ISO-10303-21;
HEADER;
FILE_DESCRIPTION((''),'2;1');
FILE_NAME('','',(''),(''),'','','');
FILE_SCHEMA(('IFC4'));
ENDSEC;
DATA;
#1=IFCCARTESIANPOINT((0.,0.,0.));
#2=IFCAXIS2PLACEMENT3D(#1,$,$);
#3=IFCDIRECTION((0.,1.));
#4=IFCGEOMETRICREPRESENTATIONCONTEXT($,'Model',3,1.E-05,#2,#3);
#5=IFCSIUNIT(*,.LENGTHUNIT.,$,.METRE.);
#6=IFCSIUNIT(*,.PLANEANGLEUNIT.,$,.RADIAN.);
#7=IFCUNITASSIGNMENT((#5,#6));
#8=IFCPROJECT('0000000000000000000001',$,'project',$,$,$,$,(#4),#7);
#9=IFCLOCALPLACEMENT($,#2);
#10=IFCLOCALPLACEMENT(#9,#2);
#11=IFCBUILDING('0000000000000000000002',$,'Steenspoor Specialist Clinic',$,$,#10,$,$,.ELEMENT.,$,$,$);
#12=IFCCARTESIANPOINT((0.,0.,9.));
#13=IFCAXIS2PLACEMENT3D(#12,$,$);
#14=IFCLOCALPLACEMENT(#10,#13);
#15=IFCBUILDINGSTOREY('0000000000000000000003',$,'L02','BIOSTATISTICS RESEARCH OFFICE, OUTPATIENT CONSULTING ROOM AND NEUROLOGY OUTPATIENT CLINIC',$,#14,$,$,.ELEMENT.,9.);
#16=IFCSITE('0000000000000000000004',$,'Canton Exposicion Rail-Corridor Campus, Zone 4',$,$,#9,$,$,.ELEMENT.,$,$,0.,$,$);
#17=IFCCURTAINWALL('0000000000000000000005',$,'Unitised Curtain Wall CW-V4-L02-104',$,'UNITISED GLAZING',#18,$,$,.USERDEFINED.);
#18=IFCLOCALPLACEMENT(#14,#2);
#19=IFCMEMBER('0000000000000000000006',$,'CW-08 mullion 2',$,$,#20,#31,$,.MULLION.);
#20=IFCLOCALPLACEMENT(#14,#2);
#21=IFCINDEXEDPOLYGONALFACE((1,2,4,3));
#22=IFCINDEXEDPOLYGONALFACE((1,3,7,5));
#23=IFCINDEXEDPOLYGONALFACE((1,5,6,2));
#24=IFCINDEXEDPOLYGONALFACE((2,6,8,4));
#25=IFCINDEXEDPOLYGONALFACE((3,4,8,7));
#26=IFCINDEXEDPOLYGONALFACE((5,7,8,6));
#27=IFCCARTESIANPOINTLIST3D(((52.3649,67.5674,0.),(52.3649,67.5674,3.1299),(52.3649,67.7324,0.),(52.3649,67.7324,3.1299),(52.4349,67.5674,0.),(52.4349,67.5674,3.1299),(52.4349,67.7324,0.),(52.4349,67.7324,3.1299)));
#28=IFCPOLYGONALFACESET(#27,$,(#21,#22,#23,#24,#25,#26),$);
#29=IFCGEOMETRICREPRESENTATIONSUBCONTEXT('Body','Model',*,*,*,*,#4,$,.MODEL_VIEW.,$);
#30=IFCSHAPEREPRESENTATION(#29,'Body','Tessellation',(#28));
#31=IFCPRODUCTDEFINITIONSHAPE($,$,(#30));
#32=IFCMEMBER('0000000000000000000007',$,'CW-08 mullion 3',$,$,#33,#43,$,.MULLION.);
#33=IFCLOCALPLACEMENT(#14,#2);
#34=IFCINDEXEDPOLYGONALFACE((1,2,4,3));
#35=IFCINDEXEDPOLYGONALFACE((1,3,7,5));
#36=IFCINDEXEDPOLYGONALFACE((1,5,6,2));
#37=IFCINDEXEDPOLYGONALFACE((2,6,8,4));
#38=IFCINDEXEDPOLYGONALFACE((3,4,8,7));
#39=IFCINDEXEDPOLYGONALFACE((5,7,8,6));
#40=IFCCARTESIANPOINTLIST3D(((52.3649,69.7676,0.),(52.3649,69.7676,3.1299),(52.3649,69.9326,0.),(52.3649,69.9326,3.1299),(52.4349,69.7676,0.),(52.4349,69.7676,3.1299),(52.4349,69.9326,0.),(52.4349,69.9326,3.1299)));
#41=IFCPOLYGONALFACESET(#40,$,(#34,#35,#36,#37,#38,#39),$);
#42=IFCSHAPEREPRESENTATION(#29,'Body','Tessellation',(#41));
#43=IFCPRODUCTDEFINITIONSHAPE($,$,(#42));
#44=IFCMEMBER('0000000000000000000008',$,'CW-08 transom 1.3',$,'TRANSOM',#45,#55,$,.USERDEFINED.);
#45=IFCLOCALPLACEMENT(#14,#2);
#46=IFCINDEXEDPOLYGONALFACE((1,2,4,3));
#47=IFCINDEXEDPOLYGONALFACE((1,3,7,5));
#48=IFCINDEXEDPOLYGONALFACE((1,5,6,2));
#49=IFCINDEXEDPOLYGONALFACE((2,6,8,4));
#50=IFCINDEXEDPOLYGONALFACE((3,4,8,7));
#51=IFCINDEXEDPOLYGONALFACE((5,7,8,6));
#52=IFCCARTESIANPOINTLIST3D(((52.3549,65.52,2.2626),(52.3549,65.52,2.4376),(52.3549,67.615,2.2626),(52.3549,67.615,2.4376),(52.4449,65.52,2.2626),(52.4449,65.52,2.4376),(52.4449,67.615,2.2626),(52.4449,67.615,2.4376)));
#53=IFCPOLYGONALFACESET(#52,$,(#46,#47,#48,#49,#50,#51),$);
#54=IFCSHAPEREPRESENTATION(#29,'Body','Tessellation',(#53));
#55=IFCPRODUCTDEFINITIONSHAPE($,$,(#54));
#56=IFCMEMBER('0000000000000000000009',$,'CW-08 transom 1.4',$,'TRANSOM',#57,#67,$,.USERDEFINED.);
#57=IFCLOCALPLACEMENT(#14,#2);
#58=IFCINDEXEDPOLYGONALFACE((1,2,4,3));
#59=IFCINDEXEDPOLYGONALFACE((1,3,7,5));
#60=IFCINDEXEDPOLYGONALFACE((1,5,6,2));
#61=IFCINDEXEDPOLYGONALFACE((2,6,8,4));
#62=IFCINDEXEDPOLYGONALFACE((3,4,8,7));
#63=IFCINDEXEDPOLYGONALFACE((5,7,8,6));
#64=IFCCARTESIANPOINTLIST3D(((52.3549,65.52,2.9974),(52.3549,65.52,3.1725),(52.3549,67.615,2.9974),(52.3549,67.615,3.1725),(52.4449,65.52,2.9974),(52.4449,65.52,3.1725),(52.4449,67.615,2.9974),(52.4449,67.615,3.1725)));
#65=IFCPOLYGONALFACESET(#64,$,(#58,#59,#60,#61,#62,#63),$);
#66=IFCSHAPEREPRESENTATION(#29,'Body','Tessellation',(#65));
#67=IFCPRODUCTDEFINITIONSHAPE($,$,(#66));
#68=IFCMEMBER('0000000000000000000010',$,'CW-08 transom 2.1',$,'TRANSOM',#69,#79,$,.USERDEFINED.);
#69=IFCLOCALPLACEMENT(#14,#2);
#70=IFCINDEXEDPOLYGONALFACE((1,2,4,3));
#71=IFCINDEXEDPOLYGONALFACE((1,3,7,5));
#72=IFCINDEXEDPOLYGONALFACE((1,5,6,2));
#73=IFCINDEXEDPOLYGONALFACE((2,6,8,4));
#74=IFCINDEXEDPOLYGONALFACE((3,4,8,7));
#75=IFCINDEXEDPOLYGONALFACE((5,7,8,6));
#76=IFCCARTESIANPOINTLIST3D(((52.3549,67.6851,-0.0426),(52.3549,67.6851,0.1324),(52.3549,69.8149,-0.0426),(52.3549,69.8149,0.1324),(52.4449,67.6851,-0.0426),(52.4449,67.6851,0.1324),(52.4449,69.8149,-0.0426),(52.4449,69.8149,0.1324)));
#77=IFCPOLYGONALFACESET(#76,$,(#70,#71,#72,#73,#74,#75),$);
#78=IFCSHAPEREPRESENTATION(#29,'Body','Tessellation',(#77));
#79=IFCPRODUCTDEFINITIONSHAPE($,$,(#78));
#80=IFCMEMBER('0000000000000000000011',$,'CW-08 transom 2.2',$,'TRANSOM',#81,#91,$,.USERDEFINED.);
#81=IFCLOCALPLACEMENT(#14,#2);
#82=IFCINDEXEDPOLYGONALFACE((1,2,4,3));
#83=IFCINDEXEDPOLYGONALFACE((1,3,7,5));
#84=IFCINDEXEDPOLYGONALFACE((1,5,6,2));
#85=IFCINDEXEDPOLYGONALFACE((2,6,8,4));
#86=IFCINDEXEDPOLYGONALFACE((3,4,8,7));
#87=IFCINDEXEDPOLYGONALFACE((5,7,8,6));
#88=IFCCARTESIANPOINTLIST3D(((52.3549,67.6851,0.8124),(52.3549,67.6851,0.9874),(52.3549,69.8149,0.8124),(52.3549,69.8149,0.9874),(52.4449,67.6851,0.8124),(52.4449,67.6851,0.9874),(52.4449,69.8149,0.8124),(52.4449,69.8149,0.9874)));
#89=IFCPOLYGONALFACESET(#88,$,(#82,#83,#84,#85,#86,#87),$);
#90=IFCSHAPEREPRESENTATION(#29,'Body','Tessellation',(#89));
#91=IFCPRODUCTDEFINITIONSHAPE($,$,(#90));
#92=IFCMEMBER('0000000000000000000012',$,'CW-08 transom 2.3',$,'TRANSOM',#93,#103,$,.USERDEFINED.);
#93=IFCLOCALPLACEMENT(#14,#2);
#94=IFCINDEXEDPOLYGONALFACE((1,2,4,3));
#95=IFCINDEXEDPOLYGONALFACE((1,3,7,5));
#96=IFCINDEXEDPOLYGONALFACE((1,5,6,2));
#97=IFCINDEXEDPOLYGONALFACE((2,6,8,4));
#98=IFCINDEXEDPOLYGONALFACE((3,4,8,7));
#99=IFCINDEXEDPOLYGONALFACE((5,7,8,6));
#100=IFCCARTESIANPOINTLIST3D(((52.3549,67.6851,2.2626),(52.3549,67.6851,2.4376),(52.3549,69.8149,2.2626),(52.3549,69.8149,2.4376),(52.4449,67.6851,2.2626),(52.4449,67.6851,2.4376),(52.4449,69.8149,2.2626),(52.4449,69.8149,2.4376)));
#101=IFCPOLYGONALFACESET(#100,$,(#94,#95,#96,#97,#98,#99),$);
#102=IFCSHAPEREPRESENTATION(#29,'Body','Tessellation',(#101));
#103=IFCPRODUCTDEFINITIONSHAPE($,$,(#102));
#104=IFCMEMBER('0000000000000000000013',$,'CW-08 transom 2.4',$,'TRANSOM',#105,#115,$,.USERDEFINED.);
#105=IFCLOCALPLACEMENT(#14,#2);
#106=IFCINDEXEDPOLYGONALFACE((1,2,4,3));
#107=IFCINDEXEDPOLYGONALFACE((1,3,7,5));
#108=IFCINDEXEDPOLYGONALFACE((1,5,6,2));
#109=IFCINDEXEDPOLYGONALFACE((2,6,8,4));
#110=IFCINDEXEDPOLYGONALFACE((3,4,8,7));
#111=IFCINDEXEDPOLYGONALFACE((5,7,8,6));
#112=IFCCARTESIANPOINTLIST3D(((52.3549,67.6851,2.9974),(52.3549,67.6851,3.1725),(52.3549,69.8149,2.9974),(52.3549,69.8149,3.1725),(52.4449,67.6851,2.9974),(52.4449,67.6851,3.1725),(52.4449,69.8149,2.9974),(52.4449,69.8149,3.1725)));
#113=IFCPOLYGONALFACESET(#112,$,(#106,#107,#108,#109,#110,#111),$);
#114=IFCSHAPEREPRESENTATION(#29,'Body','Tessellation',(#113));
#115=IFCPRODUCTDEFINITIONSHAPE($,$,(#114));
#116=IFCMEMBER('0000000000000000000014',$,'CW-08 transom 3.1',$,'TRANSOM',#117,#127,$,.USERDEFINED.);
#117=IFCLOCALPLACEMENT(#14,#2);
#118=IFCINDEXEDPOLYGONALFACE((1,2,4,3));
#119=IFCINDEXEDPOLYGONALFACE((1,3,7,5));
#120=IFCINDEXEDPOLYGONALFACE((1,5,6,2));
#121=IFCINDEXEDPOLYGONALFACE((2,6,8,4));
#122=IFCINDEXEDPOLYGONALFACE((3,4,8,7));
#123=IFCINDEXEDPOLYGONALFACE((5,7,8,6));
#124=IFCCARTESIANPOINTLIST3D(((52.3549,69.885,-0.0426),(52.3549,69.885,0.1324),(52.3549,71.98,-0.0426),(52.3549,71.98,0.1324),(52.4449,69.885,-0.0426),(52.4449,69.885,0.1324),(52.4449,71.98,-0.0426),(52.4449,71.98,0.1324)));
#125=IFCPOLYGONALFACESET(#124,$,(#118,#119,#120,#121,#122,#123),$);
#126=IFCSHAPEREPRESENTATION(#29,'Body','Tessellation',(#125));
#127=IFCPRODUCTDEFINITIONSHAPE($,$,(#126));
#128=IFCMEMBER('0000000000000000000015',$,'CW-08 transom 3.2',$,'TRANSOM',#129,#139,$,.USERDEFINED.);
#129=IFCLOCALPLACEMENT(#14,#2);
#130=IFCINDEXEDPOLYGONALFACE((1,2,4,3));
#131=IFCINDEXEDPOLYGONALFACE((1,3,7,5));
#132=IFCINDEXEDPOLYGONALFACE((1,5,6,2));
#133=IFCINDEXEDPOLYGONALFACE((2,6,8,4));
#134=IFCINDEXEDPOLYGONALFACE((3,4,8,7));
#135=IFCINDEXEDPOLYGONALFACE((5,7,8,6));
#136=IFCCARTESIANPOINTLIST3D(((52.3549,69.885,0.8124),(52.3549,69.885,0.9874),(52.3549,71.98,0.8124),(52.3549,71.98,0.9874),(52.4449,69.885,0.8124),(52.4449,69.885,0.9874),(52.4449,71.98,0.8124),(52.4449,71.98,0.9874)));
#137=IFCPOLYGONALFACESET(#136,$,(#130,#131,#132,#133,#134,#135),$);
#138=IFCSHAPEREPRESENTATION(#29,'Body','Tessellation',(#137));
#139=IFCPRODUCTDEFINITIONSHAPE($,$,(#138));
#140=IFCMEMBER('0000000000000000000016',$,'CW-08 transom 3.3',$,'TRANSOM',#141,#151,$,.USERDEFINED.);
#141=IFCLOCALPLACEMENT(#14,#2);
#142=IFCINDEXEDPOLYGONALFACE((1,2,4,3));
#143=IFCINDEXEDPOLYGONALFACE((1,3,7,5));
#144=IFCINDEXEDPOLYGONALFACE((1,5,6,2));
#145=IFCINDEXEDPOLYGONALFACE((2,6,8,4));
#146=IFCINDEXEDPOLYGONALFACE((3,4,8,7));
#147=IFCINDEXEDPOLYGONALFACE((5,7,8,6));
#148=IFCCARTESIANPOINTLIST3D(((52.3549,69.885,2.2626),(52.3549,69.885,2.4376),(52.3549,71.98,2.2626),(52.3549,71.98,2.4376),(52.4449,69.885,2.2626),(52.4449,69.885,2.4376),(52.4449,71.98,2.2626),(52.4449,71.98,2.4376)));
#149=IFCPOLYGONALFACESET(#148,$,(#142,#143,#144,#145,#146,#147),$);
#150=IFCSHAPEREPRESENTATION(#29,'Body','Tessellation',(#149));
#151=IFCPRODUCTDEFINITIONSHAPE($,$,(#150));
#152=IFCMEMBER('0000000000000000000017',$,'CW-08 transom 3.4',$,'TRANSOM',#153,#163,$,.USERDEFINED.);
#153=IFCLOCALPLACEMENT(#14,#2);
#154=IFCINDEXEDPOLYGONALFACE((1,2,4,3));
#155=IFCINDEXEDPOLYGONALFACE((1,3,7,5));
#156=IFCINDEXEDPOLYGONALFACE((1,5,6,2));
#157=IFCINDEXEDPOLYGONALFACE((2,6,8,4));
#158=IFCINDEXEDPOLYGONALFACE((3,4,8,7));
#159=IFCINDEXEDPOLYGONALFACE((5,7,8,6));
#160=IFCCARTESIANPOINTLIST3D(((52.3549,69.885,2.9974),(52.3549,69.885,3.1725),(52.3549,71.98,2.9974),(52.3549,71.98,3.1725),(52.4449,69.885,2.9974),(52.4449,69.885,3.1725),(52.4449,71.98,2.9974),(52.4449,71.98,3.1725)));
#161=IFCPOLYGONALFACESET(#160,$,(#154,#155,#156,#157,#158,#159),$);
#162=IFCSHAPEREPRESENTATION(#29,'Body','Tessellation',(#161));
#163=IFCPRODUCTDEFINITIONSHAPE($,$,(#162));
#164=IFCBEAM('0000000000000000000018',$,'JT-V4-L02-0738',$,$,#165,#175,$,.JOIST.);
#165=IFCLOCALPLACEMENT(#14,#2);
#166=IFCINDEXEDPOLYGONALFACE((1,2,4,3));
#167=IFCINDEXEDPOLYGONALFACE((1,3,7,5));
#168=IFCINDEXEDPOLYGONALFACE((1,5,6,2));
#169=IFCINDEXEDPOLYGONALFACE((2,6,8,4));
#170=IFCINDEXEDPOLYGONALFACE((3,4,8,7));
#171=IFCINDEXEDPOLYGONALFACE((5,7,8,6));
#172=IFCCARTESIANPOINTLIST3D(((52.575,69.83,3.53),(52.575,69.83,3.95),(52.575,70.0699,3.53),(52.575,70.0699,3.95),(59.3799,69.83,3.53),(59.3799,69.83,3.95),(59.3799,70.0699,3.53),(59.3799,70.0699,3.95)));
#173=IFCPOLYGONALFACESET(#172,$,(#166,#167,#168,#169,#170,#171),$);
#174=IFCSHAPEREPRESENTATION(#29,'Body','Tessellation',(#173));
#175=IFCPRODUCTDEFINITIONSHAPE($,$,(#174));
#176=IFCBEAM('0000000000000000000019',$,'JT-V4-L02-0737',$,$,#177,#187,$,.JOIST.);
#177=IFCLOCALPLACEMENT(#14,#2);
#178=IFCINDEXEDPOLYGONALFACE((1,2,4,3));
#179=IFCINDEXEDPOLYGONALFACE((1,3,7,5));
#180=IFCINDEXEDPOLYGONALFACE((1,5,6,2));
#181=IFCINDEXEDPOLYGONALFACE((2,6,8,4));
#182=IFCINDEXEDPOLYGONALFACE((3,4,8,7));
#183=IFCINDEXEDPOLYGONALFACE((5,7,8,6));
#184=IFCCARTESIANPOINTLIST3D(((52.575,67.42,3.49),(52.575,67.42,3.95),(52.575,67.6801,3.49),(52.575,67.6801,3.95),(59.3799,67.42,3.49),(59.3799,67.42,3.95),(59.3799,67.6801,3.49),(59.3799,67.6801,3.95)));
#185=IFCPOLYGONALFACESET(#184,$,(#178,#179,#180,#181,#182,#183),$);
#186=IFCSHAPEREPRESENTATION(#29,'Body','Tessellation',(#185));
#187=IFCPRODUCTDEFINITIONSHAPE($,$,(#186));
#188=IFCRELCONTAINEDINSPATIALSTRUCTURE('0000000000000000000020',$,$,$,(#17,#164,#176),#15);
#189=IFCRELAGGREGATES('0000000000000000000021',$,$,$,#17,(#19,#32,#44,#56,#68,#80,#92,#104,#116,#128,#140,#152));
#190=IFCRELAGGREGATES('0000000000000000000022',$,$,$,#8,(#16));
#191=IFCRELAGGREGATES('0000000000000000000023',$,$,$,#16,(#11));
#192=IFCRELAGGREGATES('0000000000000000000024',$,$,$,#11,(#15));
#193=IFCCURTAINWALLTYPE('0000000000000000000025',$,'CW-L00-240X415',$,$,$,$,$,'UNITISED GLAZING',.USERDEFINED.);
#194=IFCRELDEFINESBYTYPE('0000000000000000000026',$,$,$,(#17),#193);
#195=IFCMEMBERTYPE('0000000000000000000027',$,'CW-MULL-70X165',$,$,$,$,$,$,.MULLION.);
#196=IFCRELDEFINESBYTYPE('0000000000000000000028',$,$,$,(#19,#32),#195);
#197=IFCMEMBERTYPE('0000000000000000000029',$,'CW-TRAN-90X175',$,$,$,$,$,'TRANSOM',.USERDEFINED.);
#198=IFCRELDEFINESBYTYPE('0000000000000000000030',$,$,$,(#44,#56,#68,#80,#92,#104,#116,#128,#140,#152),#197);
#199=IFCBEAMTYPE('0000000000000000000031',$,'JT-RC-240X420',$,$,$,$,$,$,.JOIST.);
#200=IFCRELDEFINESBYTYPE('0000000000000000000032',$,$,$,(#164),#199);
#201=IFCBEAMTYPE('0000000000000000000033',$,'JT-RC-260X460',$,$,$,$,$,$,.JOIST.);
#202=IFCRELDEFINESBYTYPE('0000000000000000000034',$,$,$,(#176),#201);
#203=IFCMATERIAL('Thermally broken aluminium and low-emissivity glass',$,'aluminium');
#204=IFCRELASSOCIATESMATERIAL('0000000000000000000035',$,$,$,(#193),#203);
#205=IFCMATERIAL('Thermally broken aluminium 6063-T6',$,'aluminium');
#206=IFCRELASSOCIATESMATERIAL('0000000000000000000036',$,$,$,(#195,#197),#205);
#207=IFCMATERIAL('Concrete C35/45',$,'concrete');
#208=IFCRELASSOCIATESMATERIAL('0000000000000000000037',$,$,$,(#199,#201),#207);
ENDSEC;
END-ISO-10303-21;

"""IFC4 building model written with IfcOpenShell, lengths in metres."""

from ifc_helpers import new_model, si_unit, direction, frame, origin, origin_2d, place, context, subcontext, project, spatial, rectangle, extrude, material, material_profile, profile_set, type_object, element, aggregate, save


model = new_model("IFC4")

# Units and contexts
model_context = context("Model", 3, precision=1e-05, world=origin(), true_north=direction((0.0, 1.0)))
body_context = subcontext(model_context, "Body", "Model", "MODEL_VIEW")
ifc_project = project(units=[si_unit("LENGTHUNIT", "METRE"), si_unit("PLANEANGLEUNIT", "RADIAN")], contexts=[model_context])

# Site, building, storey
site_placement = place(None, origin())
site = spatial("IfcSite", under=ifc_project, at=site_placement, Name="Canton Exposicion Rail-Corridor Campus, Zone 4", CompositionType="ELEMENT", RefElevation=0.0)
building_placement = place(site_placement, origin())
building = spatial("IfcBuilding", under=site, at=building_placement, Name="Steenspoor Specialist Clinic", CompositionType="ELEMENT")
storey_placement = place(building_placement, frame((0.0, 0.0, 9.0)))
storey = spatial("IfcBuildingStorey", under=building, at=storey_placement, Name="L02", Description="BIOSTATISTICS RESEARCH OFFICE, OUTPATIENT CONSULTING ROOM AND NEUROLOGY OUTPATIENT CLINIC", CompositionType="ELEMENT", Elevation=9.0)

# Curtain wall, members
ifc_material_1 = material(Name="Thermally broken aluminium and low-emissivity glass", Category="aluminium")
curtain_wall_type = type_object("IfcCurtainWallType", Name="CW-L00-240X415", ElementType="UNITISED GLAZING", PredefinedType="USERDEFINED", material=ifc_material_1)
curtain_wall_placement = place(storey_placement, origin())
curtain_wall = element("IfcCurtainWall", 1, at=curtain_wall_placement, inside=storey, type_object=curtain_wall_type, Name="Unitised Curtain Wall CW-V4-L02-104", ObjectType="UNITISED GLAZING", PredefinedType="USERDEFINED")
ifc_material_2 = material(Name="Thermally broken aluminium 6063-T6", Category="aluminium")
ifc_material_profile_1 = material_profile(ifc_material_2, rectangle(XDim=0.0701, YDim=0.165, at=origin_2d()), Name="CWM-70X165")
ifc_profile_set_1 = profile_set([ifc_material_profile_1], Name="Thermally broken aluminium 6063-T6")
member_type_1 = type_object("IfcMemberType", Name="CW-MULL-70X165", PredefinedType="MULLION", material=ifc_profile_set_1)
member_1_placement = place(storey_placement, frame((52.3999, 67.6499, 0.0), z_axis=(0.0, 0.0, 1.0), x_axis=(-1.0, 0.0, 0.0)))
member_1 = element("IfcMember", 2, at=member_1_placement, type_object=member_type_1, Name="CW-08 mullion 2", PredefinedType="MULLION", context=body_context, shape_type="SweptSolid", body=[
    extrude(rectangle(XDim=0.0701, YDim=0.165, at=origin_2d()), origin(), (0.0, 0.0, 1.0), 3.1299),
])
member_2_placement = place(storey_placement, frame((52.3999, 69.8501, 0.0), z_axis=(0.0, 0.0, 1.0), x_axis=(-1.0, 0.0, 0.0)))
member_2 = element("IfcMember", 3, at=member_2_placement, type_object=member_type_1, Name="CW-08 mullion 3", PredefinedType="MULLION", context=body_context, shape_type="SweptSolid", body=[
    extrude(rectangle(XDim=0.0701, YDim=0.165, at=origin_2d()), origin(), (0.0, 0.0, 1.0), 3.1299),
])
ifc_material_profile_2 = material_profile(ifc_material_2, rectangle(XDim=0.0901, YDim=0.175, at=origin_2d()), Name="CWT-90X175")
ifc_profile_set_2 = profile_set([ifc_material_profile_2], Name="Thermally broken aluminium 6063-T6")
member_type_2 = type_object("IfcMemberType", Name="CW-TRAN-90X175", ElementType="TRANSOM", PredefinedType="USERDEFINED", material=ifc_profile_set_2)
member_3_placement = place(storey_placement, frame((52.3999, 65.52, 2.3501), z_axis=(0.0, 1.0, 0.0), x_axis=(-1.0, 0.0, 0.0)))
member_3 = element("IfcMember", 4, at=member_3_placement, type_object=member_type_2, Name="CW-08 transom 1.3", ObjectType="TRANSOM", PredefinedType="USERDEFINED", context=body_context, shape_type="SweptSolid", body=[
    extrude(rectangle(XDim=0.0901, YDim=0.175, at=origin_2d()), origin(), (0.0, 0.0, 1.0), 2.095),
])
member_4_placement = place(storey_placement, frame((52.3999, 65.52, 3.085), z_axis=(0.0, 1.0, 0.0), x_axis=(-1.0, 0.0, 0.0)))
member_4 = element("IfcMember", 5, at=member_4_placement, type_object=member_type_2, Name="CW-08 transom 1.4", ObjectType="TRANSOM", PredefinedType="USERDEFINED", context=body_context, shape_type="SweptSolid", body=[
    extrude(rectangle(XDim=0.0901, YDim=0.175, at=origin_2d()), origin(), (0.0, 0.0, 1.0), 2.095),
])
member_5_placement = place(storey_placement, frame((52.3999, 67.6851, 0.0449), z_axis=(0.0, 1.0, 0.0), x_axis=(-1.0, 0.0, 0.0)))
member_5 = element("IfcMember", 6, at=member_5_placement, type_object=member_type_2, Name="CW-08 transom 2.1", ObjectType="TRANSOM", PredefinedType="USERDEFINED", context=body_context, shape_type="SweptSolid", body=[
    extrude(rectangle(XDim=0.0901, YDim=0.175, at=origin_2d()), origin(), (0.0, 0.0, 1.0), 2.1299),
])
member_6_placement = place(storey_placement, frame((52.3999, 67.6851, 0.8999), z_axis=(0.0, 1.0, 0.0), x_axis=(-1.0, 0.0, 0.0)))
member_6 = element("IfcMember", 7, at=member_6_placement, type_object=member_type_2, Name="CW-08 transom 2.2", ObjectType="TRANSOM", PredefinedType="USERDEFINED", context=body_context, shape_type="SweptSolid", body=[
    extrude(rectangle(XDim=0.0901, YDim=0.175, at=origin_2d()), origin(), (0.0, 0.0, 1.0), 2.1299),
])
member_7_placement = place(storey_placement, frame((52.3999, 67.6851, 2.3501), z_axis=(0.0, 1.0, 0.0), x_axis=(-1.0, 0.0, 0.0)))
member_7 = element("IfcMember", 8, at=member_7_placement, type_object=member_type_2, Name="CW-08 transom 2.3", ObjectType="TRANSOM", PredefinedType="USERDEFINED", context=body_context, shape_type="SweptSolid", body=[
    extrude(rectangle(XDim=0.0901, YDim=0.175, at=origin_2d()), origin(), (0.0, 0.0, 1.0), 2.1299),
])
member_8_placement = place(storey_placement, frame((52.3999, 67.6851, 3.085), z_axis=(0.0, 1.0, 0.0), x_axis=(-1.0, 0.0, 0.0)))
member_8 = element("IfcMember", 9, at=member_8_placement, type_object=member_type_2, Name="CW-08 transom 2.4", ObjectType="TRANSOM", PredefinedType="USERDEFINED", context=body_context, shape_type="SweptSolid", body=[
    extrude(rectangle(XDim=0.0901, YDim=0.175, at=origin_2d()), origin(), (0.0, 0.0, 1.0), 2.1299),
])
member_9_placement = place(storey_placement, frame((52.3999, 69.885, 0.0449), z_axis=(0.0, 1.0, 0.0), x_axis=(-1.0, 0.0, 0.0)))
member_9 = element("IfcMember", 10, at=member_9_placement, type_object=member_type_2, Name="CW-08 transom 3.1", ObjectType="TRANSOM", PredefinedType="USERDEFINED", context=body_context, shape_type="SweptSolid", body=[
    extrude(rectangle(XDim=0.0901, YDim=0.175, at=origin_2d()), origin(), (0.0, 0.0, 1.0), 2.095),
])
member_10_placement = place(storey_placement, frame((52.3999, 69.885, 0.8999), z_axis=(0.0, 1.0, 0.0), x_axis=(-1.0, 0.0, 0.0)))
member_10 = element("IfcMember", 11, at=member_10_placement, type_object=member_type_2, Name="CW-08 transom 3.2", ObjectType="TRANSOM", PredefinedType="USERDEFINED", context=body_context, shape_type="SweptSolid", body=[
    extrude(rectangle(XDim=0.0901, YDim=0.175, at=origin_2d()), origin(), (0.0, 0.0, 1.0), 2.095),
])
member_11_placement = place(storey_placement, frame((52.3999, 69.885, 2.3501), z_axis=(0.0, 1.0, 0.0), x_axis=(-1.0, 0.0, 0.0)))
member_11 = element("IfcMember", 12, at=member_11_placement, type_object=member_type_2, Name="CW-08 transom 3.3", ObjectType="TRANSOM", PredefinedType="USERDEFINED", context=body_context, shape_type="SweptSolid", body=[
    extrude(rectangle(XDim=0.0901, YDim=0.175, at=origin_2d()), origin(), (0.0, 0.0, 1.0), 2.095),
])
member_12_placement = place(storey_placement, frame((52.3999, 69.885, 3.085), z_axis=(0.0, 1.0, 0.0), x_axis=(-1.0, 0.0, 0.0)))
member_12 = element("IfcMember", 13, at=member_12_placement, type_object=member_type_2, Name="CW-08 transom 3.4", ObjectType="TRANSOM", PredefinedType="USERDEFINED", context=body_context, shape_type="SweptSolid", body=[
    extrude(rectangle(XDim=0.0901, YDim=0.175, at=origin_2d()), origin(), (0.0, 0.0, 1.0), 2.095),
])

# Beams
ifc_material_3 = material(Name="Concrete C35/45", Category="concrete")
ifc_material_profile_3 = material_profile(ifc_material_3, rectangle(XDim=0.24, YDim=0.4199, at=origin_2d()), Name="RC-JT-240X420")
ifc_profile_set_3 = profile_set([ifc_material_profile_3], Name="Concrete C35/45")
beam_type_1 = type_object("IfcBeamType", Name="JT-RC-240X420", PredefinedType="JOIST", material=ifc_profile_set_3)
beam_1_placement = place(storey_placement, frame((52.575, 69.95, 3.74), z_axis=(1.0, 0.0, 0.0), x_axis=(0.0, 1.0, 0.0)))
element("IfcBeam", 14, at=beam_1_placement, inside=storey, type_object=beam_type_1, Name="JT-V4-L02-0738", PredefinedType="JOIST", context=body_context, shape_type="SweptSolid", body=[
    extrude(rectangle(XDim=0.24, YDim=0.4199, at=origin_2d()), origin(), (0.0, 0.0, 1.0), 6.8049),
])
ifc_material_profile_4 = material_profile(ifc_material_3, rectangle(XDim=0.26, YDim=0.46, at=origin_2d()), Name="RC-JT-260X460")
ifc_profile_set_4 = profile_set([ifc_material_profile_4], Name="Concrete C35/45")
beam_type_2 = type_object("IfcBeamType", Name="JT-RC-260X460", PredefinedType="JOIST", material=ifc_profile_set_4)
beam_2_placement = place(storey_placement, frame((52.575, 67.55, 3.72), z_axis=(1.0, 0.0, 0.0), x_axis=(0.0, 1.0, 0.0)))
element("IfcBeam", 15, at=beam_2_placement, inside=storey, type_object=beam_type_2, Name="JT-V4-L02-0737", PredefinedType="JOIST", context=body_context, shape_type="SweptSolid", body=[
    extrude(rectangle(XDim=0.26, YDim=0.46, at=origin_2d()), origin(), (0.0, 0.0, 1.0), 6.8049),
])

aggregate(curtain_wall, [member_1, member_2, member_3, member_4, member_5, member_6, member_7, member_8, member_9, member_10, member_11, member_12])

save(model, "model.ifc")
